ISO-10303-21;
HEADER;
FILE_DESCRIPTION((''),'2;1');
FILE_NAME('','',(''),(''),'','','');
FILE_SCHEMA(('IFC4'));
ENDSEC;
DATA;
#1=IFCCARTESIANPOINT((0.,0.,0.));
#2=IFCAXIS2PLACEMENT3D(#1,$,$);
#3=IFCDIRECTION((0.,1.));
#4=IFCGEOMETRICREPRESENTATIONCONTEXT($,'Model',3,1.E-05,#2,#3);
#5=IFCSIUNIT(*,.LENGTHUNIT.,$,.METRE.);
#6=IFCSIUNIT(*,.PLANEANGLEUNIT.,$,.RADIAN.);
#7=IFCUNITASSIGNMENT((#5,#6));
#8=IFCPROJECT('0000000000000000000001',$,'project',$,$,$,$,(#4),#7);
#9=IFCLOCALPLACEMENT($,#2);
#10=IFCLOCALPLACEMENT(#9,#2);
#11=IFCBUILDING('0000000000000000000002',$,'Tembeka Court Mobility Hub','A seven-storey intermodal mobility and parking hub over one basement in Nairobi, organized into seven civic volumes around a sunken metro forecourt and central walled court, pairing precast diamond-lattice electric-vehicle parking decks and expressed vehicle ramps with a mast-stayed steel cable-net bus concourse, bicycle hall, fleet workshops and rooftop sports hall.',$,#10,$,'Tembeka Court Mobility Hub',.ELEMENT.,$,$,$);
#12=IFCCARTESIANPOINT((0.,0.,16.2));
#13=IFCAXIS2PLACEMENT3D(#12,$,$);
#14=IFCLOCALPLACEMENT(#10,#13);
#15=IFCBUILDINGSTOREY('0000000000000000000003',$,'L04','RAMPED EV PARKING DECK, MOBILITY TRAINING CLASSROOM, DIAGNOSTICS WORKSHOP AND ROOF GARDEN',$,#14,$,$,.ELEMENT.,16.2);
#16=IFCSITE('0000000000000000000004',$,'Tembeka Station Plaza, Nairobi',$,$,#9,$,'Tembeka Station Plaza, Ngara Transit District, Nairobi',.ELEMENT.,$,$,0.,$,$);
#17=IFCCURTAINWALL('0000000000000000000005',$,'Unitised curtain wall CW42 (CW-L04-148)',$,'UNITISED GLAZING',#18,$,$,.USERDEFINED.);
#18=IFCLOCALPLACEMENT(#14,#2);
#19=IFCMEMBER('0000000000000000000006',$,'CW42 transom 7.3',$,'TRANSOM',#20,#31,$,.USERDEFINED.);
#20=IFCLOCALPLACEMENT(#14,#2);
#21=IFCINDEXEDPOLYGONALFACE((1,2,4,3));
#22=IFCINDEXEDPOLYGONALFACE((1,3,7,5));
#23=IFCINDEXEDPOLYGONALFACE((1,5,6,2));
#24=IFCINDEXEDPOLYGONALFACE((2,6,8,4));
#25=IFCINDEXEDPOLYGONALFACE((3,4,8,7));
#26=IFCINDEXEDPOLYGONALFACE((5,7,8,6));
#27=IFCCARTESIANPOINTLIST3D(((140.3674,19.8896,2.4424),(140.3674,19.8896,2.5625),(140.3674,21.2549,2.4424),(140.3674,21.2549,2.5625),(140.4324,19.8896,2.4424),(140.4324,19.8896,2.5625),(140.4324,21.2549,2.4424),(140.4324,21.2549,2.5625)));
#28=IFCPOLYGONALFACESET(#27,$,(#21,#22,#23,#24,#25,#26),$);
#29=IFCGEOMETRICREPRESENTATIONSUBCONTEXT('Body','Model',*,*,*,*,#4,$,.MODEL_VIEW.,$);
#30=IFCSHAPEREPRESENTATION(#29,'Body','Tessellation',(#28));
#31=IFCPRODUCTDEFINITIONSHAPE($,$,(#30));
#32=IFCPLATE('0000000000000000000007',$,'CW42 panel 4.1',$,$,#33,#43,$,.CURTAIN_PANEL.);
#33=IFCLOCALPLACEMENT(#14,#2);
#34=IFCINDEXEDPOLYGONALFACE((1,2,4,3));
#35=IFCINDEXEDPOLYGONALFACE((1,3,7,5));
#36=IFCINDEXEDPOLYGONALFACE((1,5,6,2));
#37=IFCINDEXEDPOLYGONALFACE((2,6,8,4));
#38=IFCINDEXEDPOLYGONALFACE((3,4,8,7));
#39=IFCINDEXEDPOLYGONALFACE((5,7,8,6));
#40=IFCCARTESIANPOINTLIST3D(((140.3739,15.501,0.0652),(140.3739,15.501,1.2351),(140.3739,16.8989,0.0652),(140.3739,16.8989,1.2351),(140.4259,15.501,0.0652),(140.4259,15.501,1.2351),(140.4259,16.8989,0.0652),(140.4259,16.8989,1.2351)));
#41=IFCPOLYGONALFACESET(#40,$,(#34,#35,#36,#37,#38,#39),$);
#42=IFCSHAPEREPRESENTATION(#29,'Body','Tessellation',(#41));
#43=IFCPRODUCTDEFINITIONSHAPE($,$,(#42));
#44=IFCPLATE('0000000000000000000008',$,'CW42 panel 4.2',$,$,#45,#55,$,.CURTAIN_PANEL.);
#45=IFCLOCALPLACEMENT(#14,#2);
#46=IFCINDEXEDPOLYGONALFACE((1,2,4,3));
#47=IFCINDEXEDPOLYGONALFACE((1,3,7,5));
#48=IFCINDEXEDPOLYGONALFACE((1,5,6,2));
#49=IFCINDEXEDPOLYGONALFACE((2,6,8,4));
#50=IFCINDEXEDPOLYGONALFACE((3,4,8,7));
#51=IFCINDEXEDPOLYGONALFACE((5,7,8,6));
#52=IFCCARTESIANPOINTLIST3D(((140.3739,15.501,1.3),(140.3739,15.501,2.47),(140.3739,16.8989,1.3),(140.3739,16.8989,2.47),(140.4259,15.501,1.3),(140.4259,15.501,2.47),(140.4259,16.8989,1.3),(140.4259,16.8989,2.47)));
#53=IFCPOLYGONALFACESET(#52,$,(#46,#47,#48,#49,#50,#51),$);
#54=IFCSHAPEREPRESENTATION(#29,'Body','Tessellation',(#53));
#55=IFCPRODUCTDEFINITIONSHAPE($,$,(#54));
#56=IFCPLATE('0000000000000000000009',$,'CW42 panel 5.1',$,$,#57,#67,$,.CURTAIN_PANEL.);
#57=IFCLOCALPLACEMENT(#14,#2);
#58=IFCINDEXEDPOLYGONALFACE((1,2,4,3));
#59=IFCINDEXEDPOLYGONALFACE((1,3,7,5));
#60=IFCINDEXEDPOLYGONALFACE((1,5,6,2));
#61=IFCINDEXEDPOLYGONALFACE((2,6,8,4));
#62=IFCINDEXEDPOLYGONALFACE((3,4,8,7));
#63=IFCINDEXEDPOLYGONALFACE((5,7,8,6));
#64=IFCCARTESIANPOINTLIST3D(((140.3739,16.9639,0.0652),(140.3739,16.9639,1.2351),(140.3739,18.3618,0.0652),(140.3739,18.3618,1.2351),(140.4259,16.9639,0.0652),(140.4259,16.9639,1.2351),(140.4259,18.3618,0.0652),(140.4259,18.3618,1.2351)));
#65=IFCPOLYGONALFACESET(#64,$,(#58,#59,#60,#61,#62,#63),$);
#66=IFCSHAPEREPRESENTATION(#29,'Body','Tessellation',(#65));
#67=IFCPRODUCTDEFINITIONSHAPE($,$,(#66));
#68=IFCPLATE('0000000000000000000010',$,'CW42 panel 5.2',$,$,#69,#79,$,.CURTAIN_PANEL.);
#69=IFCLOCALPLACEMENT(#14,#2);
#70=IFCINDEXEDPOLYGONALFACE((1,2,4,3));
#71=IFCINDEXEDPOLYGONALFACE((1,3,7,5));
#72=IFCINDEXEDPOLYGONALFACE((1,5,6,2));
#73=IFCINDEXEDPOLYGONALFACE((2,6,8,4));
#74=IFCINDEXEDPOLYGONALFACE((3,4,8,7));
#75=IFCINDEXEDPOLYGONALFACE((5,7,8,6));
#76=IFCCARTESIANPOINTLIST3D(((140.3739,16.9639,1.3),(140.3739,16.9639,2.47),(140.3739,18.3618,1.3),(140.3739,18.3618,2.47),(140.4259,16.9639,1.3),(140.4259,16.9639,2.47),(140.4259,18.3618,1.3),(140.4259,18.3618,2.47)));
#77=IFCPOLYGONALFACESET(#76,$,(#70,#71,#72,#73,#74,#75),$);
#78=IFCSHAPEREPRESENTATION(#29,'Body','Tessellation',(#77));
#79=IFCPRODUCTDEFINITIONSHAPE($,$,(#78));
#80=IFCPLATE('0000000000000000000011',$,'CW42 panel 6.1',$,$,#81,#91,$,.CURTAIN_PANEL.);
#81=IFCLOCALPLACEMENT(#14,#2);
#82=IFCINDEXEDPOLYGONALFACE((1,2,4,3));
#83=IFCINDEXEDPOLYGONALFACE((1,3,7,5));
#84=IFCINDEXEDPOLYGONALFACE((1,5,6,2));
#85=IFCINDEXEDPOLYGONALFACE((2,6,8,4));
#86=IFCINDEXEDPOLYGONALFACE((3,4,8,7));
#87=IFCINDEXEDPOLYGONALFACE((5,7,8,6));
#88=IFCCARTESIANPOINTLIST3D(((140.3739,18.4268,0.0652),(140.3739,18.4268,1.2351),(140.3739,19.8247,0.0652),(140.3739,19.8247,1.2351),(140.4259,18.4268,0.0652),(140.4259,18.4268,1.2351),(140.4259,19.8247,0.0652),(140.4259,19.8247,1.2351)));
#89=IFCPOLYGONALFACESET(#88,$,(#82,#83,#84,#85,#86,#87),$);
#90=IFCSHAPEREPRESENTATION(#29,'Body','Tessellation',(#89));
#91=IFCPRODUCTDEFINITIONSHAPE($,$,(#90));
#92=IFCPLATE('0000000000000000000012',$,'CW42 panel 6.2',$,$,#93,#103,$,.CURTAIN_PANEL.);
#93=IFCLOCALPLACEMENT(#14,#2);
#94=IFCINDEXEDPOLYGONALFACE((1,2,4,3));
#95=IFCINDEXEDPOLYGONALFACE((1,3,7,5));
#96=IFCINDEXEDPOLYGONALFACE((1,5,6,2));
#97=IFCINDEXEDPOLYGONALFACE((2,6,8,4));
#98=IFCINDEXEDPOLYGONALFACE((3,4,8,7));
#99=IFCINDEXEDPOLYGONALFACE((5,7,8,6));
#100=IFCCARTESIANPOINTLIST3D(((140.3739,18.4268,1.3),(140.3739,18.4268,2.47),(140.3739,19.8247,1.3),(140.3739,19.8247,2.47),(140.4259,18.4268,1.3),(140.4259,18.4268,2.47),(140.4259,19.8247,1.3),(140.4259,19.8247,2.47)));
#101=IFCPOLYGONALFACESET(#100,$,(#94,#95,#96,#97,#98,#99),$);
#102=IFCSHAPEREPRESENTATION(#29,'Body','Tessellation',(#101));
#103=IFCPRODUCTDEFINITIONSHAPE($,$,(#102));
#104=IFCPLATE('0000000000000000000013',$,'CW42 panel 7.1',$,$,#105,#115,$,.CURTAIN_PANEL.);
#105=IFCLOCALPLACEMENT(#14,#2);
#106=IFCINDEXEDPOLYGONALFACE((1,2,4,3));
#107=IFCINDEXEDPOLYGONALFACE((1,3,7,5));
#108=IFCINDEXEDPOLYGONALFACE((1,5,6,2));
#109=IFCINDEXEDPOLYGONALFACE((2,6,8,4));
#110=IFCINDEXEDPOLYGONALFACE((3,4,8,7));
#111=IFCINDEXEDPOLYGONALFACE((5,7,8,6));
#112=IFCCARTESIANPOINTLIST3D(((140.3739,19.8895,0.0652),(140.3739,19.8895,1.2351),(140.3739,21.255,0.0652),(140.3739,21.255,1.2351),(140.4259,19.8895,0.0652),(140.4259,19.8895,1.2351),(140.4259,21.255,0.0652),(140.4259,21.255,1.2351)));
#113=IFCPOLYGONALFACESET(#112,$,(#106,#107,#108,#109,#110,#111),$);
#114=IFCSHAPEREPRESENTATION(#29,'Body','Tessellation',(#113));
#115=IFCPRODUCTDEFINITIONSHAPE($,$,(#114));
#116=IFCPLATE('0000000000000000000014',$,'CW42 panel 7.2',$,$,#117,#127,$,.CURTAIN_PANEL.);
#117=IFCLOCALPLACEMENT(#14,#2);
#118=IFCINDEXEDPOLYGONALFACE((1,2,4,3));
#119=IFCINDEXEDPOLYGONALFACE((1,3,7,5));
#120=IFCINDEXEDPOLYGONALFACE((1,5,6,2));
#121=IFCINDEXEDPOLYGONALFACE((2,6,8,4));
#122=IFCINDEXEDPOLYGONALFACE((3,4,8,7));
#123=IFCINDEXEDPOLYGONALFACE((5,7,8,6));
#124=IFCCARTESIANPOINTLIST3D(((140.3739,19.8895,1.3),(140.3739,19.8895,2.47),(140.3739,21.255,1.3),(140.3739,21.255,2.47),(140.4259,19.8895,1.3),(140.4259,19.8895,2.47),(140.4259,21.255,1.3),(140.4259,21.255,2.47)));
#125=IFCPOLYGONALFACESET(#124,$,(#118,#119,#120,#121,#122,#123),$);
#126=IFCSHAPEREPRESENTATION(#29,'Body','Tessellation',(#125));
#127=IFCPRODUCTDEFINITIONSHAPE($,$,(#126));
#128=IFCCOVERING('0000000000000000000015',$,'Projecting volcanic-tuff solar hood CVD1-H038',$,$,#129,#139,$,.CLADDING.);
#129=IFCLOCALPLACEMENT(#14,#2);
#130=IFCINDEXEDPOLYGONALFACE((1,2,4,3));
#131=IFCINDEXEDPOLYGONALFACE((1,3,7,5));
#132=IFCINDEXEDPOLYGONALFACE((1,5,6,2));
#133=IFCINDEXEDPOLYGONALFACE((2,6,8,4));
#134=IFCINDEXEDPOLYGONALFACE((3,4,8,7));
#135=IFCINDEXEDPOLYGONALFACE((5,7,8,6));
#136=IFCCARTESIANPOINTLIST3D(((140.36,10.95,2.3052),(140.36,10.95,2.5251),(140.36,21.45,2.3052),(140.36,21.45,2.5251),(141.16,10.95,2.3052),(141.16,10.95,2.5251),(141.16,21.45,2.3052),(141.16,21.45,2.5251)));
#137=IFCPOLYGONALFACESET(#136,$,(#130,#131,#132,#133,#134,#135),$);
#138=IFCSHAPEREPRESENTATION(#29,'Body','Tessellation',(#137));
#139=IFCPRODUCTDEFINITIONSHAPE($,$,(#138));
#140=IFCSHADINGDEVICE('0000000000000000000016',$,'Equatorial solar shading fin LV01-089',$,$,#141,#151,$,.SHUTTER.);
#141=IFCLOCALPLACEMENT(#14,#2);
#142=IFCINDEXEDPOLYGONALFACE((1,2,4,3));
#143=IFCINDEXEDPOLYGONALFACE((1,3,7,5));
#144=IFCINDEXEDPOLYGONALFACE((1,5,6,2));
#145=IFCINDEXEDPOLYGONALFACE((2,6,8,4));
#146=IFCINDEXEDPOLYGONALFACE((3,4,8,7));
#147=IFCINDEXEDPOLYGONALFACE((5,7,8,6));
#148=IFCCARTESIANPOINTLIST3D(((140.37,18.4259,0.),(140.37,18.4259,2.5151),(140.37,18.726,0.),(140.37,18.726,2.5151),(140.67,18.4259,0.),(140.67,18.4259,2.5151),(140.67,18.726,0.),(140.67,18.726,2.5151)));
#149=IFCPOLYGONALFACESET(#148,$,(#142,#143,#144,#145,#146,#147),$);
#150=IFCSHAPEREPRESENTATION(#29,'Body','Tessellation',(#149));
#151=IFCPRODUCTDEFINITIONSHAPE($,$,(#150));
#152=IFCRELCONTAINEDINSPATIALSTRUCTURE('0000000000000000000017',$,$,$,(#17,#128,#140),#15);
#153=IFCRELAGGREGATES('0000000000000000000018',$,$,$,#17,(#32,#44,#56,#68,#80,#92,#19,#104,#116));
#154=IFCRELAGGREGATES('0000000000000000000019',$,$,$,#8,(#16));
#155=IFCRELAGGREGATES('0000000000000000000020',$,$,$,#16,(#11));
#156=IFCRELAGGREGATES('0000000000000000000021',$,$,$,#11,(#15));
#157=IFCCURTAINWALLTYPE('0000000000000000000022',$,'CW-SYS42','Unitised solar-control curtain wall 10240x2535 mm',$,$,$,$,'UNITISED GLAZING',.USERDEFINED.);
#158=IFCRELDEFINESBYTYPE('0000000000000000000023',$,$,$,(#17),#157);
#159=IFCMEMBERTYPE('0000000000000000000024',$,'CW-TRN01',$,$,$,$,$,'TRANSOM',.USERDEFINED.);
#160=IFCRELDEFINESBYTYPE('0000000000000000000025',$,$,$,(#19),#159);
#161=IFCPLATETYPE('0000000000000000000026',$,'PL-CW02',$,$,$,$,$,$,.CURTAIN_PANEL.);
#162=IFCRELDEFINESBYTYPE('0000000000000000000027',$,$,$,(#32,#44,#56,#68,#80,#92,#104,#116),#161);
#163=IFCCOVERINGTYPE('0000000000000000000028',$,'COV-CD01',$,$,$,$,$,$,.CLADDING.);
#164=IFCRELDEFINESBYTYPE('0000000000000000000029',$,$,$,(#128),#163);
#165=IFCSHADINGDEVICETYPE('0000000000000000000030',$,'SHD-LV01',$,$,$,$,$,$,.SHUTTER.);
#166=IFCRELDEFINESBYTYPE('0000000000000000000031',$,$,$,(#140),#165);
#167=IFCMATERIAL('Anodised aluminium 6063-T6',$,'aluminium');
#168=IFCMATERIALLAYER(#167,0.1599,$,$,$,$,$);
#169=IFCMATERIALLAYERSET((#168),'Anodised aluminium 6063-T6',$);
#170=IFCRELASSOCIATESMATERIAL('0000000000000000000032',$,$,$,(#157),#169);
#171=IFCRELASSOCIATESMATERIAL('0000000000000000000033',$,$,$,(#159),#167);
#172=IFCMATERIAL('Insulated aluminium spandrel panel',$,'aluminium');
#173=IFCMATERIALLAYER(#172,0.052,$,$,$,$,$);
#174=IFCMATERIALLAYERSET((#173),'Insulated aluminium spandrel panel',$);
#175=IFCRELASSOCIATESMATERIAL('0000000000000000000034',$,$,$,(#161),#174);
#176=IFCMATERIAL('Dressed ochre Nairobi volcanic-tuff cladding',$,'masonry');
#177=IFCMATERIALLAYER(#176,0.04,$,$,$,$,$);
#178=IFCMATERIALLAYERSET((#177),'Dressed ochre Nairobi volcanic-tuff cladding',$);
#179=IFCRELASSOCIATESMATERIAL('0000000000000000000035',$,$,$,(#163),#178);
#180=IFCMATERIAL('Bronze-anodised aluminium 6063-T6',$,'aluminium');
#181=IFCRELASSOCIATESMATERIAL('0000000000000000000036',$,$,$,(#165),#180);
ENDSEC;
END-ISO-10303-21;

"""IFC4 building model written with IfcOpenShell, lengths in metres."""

from ifc_helpers import new_model, si_unit, direction, frame, origin, origin_2d, place, context, subcontext, project, spatial, rectangle, extrude, material, layer, layer_set, material_profile, profile_set, type_object, element, aggregate, save


model = new_model("IFC4")

# Units and contexts
model_context = context("Model", 3, precision=1e-05, world=origin(), true_north=direction((0.0, 1.0)))
body_context = subcontext(model_context, "Body", "Model", "MODEL_VIEW")
ifc_project = project(units=[si_unit("LENGTHUNIT", "METRE"), si_unit("PLANEANGLEUNIT", "RADIAN")], contexts=[model_context])

# Site, building, storey
site_placement = place(None, origin())
site = spatial("IfcSite", under=ifc_project, at=site_placement, Name="Tembeka Station Plaza, Nairobi", LongName="Tembeka Station Plaza, Ngara Transit District, Nairobi", CompositionType="ELEMENT", RefElevation=0.0)
building_placement = place(site_placement, origin())
building = spatial("IfcBuilding", under=site, at=building_placement, Name="Tembeka Court Mobility Hub", Description="A seven-storey intermodal mobility and parking hub over one basement in Nairobi, organized into seven civic volumes around a sunken metro forecourt and central walled court, pairing precast diamond-lattice electric-vehicle parking decks and expressed vehicle ramps with a mast-stayed steel cable-net bus concourse, bicycle hall, fleet workshops and rooftop sports hall.", LongName="Tembeka Court Mobility Hub", CompositionType="ELEMENT")
storey_placement = place(building_placement, frame((0.0, 0.0, 16.2)))
storey = spatial("IfcBuildingStorey", under=building, at=storey_placement, Name="L04", Description="RAMPED EV PARKING DECK, MOBILITY TRAINING CLASSROOM, DIAGNOSTICS WORKSHOP AND ROOF GARDEN", CompositionType="ELEMENT", Elevation=16.2)

# Shared definitions
ifc_material_1 = material(Name="Anodised aluminium 6063-T6", Category="aluminium")

# Curtain wall
ifc_layer_1 = layer(ifc_material_1, 0.1599)
ifc_layer_set_1 = layer_set([ifc_layer_1], Name="Anodised aluminium 6063-T6")
curtain_wall_type_1 = type_object("IfcCurtainWallType", Name="CW-SYS42", Description="Unitised solar-control curtain wall 10240x2535 mm", ElementType="UNITISED GLAZING", PredefinedType="USERDEFINED", material=ifc_layer_set_1)
curtain_wall_1_placement = place(storey_placement, origin())
curtain_wall_1 = element("IfcCurtainWall", 1, at=curtain_wall_1_placement, inside=storey, type_object=curtain_wall_type_1, Name="Unitised curtain wall CW42 (CW-L04-148)", ObjectType="UNITISED GLAZING", PredefinedType="USERDEFINED")

# Member
ifc_material_profile_1 = material_profile(ifc_material_1, rectangle(XDim=0.0649, YDim=0.1201, at=origin_2d()), Name="ALU-TRN 65x120")
ifc_profile_set_1 = profile_set([ifc_material_profile_1], Name="Anodised aluminium 6063-T6")
member_type_1 = type_object("IfcMemberType", Name="CW-TRN01", ElementType="TRANSOM", PredefinedType="USERDEFINED", material=ifc_profile_set_1)
member_1_placement = place(storey_placement, frame((140.3999, 19.8896, 2.5024), z_axis=(0.0, 1.0, 0.0), x_axis=(-1.0, 0.0, 0.0)))
member_1 = element("IfcMember", 2, at=member_1_placement, type_object=member_type_1, Name="CW42 transom 7.3", ObjectType="TRANSOM", PredefinedType="USERDEFINED", context=body_context, shape_type="SweptSolid", body=[
    extrude(rectangle(XDim=0.0649, YDim=0.1201, at=origin_2d()), origin(), (0.0, 0.0, 1.0), 1.3652),
])

# Plates
ifc_material_2 = material(Name="Insulated aluminium spandrel panel", Category="aluminium")
ifc_layer_2 = layer(ifc_material_2, 0.052)
ifc_layer_set_2 = layer_set([ifc_layer_2], Name="Insulated aluminium spandrel panel")
plate_type = type_object("IfcPlateType", Name="PL-CW02", PredefinedType="CURTAIN_PANEL", material=ifc_layer_set_2)
plate_1_placement = place(storey_placement, frame((140.3999, 16.2, 0.0652), z_axis=(0.0, 0.0, 1.0), x_axis=(0.0, 1.0, 0.0)))
plate_1 = element("IfcPlate", 3, at=plate_1_placement, type_object=plate_type, Name="CW42 panel 4.1", PredefinedType="CURTAIN_PANEL", context=body_context, shape_type="SweptSolid", body=[
    extrude(rectangle(XDim=1.3979, YDim=0.052, at=origin_2d()), origin(), (0.0, 0.0, 1.0), 1.1699),
])
plate_2_placement = place(storey_placement, frame((140.3999, 16.2, 1.3), z_axis=(0.0, 0.0, 1.0), x_axis=(0.0, 1.0, 0.0)))
plate_2 = element("IfcPlate", 4, at=plate_2_placement, type_object=plate_type, Name="CW42 panel 4.2", PredefinedType="CURTAIN_PANEL", context=body_context, shape_type="SweptSolid", body=[
    extrude(rectangle(XDim=1.3979, YDim=0.052, at=origin_2d()), origin(), (0.0, 0.0, 1.0), 1.1699),
])
plate_3_placement = place(storey_placement, frame((140.3999, 17.6628, 0.0652), z_axis=(0.0, 0.0, 1.0), x_axis=(0.0, 1.0, 0.0)))
plate_3 = element("IfcPlate", 5, at=plate_3_placement, type_object=plate_type, Name="CW42 panel 5.1", PredefinedType="CURTAIN_PANEL", context=body_context, shape_type="SweptSolid", body=[
    extrude(rectangle(XDim=1.3979, YDim=0.052, at=origin_2d()), origin(), (0.0, 0.0, 1.0), 1.1699),
])
plate_4_placement = place(storey_placement, frame((140.3999, 17.6628, 1.3), z_axis=(0.0, 0.0, 1.0), x_axis=(0.0, 1.0, 0.0)))
plate_4 = element("IfcPlate", 6, at=plate_4_placement, type_object=plate_type, Name="CW42 panel 5.2", PredefinedType="CURTAIN_PANEL", context=body_context, shape_type="SweptSolid", body=[
    extrude(rectangle(XDim=1.3979, YDim=0.052, at=origin_2d()), origin(), (0.0, 0.0, 1.0), 1.1699),
])
plate_5_placement = place(storey_placement, frame((140.3999, 19.1257, 0.0652), z_axis=(0.0, 0.0, 1.0), x_axis=(0.0, 1.0, 0.0)))
plate_5 = element("IfcPlate", 7, at=plate_5_placement, type_object=plate_type, Name="CW42 panel 6.1", PredefinedType="CURTAIN_PANEL", context=body_context, shape_type="SweptSolid", body=[
    extrude(rectangle(XDim=1.3979, YDim=0.052, at=origin_2d()), origin(), (0.0, 0.0, 1.0), 1.1699),
])
plate_6_placement = place(storey_placement, frame((140.3999, 19.1257, 1.3), z_axis=(0.0, 0.0, 1.0), x_axis=(0.0, 1.0, 0.0)))
plate_6 = element("IfcPlate", 8, at=plate_6_placement, type_object=plate_type, Name="CW42 panel 6.2", PredefinedType="CURTAIN_PANEL", context=body_context, shape_type="SweptSolid", body=[
    extrude(rectangle(XDim=1.3979, YDim=0.052, at=origin_2d()), origin(), (0.0, 0.0, 1.0), 1.1699),
])
plate_7_placement = place(storey_placement, frame((140.3999, 20.5723, 0.0652), z_axis=(0.0, 0.0, 1.0), x_axis=(0.0, 1.0, 0.0)))
plate_7 = element("IfcPlate", 9, at=plate_7_placement, type_object=plate_type, Name="CW42 panel 7.1", PredefinedType="CURTAIN_PANEL", context=body_context, shape_type="SweptSolid", body=[
    extrude(rectangle(XDim=1.3655, YDim=0.052, at=origin_2d()), origin(), (0.0, 0.0, 1.0), 1.1699),
])
plate_8_placement = place(storey_placement, frame((140.3999, 20.5723, 1.3), z_axis=(0.0, 0.0, 1.0), x_axis=(0.0, 1.0, 0.0)))
plate_8 = element("IfcPlate", 10, at=plate_8_placement, type_object=plate_type, Name="CW42 panel 7.2", PredefinedType="CURTAIN_PANEL", context=body_context, shape_type="SweptSolid", body=[
    extrude(rectangle(XDim=1.3655, YDim=0.052, at=origin_2d()), origin(), (0.0, 0.0, 1.0), 1.1699),
])
aggregate(curtain_wall_1, [plate_1, plate_2, plate_3, plate_4, plate_5, plate_6, member_1, plate_7, plate_8])

# Covering
ifc_material_3 = material(Name="Dressed ochre Nairobi volcanic-tuff cladding", Category="masonry")
ifc_layer_3 = layer(ifc_material_3, 0.04)
ifc_layer_set_3 = layer_set([ifc_layer_3], Name="Dressed ochre Nairobi volcanic-tuff cladding")
covering_type = type_object("IfcCoveringType", Name="COV-CD01", PredefinedType="CLADDING", material=ifc_layer_set_3)
covering_placement = place(storey_placement, frame((140.76, 16.2, 2.3052), z_axis=(0.0, 0.0, 1.0), x_axis=(0.0, 1.0, 0.0)))
element("IfcCovering", 11, at=covering_placement, inside=storey, type_object=covering_type, Name="Projecting volcanic-tuff solar hood CVD1-H038", PredefinedType="CLADDING", context=body_context, shape_type="SweptSolid", body=[
    extrude(rectangle(XDim=10.5, YDim=0.8, at=origin_2d()), origin(), (0.0, 0.0, 1.0), 0.22),
])

# Shading device
ifc_material_4 = material(Name="Bronze-anodised aluminium 6063-T6", Category="aluminium")
ifc_material_profile_2 = material_profile(ifc_material_4, rectangle(XDim=0.3, YDim=0.3, at=origin_2d()), Name="ALU-LVR 300x300")
ifc_profile_set_2 = profile_set([ifc_material_profile_2], Name="Bronze-anodised aluminium 6063-T6")
shading_device_type = type_object("IfcShadingDeviceType", Name="SHD-LV01", PredefinedType="SHUTTER", material=ifc_profile_set_2)
shading_device_placement = place(storey_placement, frame((140.52, 18.5759, 0.0), z_axis=(0.0, 0.0, 1.0), x_axis=(1.0, 0.0, 0.0)))
element("IfcShadingDevice", 12, at=shading_device_placement, inside=storey, type_object=shading_device_type, Name="Equatorial solar shading fin LV01-089", PredefinedType="SHUTTER", context=body_context, shape_type="SweptSolid", body=[
    extrude(rectangle(XDim=0.3, YDim=0.3, at=origin_2d()), origin(), (0.0, 0.0, 1.0), 2.5151),
])

save(model, "model.ifc")
